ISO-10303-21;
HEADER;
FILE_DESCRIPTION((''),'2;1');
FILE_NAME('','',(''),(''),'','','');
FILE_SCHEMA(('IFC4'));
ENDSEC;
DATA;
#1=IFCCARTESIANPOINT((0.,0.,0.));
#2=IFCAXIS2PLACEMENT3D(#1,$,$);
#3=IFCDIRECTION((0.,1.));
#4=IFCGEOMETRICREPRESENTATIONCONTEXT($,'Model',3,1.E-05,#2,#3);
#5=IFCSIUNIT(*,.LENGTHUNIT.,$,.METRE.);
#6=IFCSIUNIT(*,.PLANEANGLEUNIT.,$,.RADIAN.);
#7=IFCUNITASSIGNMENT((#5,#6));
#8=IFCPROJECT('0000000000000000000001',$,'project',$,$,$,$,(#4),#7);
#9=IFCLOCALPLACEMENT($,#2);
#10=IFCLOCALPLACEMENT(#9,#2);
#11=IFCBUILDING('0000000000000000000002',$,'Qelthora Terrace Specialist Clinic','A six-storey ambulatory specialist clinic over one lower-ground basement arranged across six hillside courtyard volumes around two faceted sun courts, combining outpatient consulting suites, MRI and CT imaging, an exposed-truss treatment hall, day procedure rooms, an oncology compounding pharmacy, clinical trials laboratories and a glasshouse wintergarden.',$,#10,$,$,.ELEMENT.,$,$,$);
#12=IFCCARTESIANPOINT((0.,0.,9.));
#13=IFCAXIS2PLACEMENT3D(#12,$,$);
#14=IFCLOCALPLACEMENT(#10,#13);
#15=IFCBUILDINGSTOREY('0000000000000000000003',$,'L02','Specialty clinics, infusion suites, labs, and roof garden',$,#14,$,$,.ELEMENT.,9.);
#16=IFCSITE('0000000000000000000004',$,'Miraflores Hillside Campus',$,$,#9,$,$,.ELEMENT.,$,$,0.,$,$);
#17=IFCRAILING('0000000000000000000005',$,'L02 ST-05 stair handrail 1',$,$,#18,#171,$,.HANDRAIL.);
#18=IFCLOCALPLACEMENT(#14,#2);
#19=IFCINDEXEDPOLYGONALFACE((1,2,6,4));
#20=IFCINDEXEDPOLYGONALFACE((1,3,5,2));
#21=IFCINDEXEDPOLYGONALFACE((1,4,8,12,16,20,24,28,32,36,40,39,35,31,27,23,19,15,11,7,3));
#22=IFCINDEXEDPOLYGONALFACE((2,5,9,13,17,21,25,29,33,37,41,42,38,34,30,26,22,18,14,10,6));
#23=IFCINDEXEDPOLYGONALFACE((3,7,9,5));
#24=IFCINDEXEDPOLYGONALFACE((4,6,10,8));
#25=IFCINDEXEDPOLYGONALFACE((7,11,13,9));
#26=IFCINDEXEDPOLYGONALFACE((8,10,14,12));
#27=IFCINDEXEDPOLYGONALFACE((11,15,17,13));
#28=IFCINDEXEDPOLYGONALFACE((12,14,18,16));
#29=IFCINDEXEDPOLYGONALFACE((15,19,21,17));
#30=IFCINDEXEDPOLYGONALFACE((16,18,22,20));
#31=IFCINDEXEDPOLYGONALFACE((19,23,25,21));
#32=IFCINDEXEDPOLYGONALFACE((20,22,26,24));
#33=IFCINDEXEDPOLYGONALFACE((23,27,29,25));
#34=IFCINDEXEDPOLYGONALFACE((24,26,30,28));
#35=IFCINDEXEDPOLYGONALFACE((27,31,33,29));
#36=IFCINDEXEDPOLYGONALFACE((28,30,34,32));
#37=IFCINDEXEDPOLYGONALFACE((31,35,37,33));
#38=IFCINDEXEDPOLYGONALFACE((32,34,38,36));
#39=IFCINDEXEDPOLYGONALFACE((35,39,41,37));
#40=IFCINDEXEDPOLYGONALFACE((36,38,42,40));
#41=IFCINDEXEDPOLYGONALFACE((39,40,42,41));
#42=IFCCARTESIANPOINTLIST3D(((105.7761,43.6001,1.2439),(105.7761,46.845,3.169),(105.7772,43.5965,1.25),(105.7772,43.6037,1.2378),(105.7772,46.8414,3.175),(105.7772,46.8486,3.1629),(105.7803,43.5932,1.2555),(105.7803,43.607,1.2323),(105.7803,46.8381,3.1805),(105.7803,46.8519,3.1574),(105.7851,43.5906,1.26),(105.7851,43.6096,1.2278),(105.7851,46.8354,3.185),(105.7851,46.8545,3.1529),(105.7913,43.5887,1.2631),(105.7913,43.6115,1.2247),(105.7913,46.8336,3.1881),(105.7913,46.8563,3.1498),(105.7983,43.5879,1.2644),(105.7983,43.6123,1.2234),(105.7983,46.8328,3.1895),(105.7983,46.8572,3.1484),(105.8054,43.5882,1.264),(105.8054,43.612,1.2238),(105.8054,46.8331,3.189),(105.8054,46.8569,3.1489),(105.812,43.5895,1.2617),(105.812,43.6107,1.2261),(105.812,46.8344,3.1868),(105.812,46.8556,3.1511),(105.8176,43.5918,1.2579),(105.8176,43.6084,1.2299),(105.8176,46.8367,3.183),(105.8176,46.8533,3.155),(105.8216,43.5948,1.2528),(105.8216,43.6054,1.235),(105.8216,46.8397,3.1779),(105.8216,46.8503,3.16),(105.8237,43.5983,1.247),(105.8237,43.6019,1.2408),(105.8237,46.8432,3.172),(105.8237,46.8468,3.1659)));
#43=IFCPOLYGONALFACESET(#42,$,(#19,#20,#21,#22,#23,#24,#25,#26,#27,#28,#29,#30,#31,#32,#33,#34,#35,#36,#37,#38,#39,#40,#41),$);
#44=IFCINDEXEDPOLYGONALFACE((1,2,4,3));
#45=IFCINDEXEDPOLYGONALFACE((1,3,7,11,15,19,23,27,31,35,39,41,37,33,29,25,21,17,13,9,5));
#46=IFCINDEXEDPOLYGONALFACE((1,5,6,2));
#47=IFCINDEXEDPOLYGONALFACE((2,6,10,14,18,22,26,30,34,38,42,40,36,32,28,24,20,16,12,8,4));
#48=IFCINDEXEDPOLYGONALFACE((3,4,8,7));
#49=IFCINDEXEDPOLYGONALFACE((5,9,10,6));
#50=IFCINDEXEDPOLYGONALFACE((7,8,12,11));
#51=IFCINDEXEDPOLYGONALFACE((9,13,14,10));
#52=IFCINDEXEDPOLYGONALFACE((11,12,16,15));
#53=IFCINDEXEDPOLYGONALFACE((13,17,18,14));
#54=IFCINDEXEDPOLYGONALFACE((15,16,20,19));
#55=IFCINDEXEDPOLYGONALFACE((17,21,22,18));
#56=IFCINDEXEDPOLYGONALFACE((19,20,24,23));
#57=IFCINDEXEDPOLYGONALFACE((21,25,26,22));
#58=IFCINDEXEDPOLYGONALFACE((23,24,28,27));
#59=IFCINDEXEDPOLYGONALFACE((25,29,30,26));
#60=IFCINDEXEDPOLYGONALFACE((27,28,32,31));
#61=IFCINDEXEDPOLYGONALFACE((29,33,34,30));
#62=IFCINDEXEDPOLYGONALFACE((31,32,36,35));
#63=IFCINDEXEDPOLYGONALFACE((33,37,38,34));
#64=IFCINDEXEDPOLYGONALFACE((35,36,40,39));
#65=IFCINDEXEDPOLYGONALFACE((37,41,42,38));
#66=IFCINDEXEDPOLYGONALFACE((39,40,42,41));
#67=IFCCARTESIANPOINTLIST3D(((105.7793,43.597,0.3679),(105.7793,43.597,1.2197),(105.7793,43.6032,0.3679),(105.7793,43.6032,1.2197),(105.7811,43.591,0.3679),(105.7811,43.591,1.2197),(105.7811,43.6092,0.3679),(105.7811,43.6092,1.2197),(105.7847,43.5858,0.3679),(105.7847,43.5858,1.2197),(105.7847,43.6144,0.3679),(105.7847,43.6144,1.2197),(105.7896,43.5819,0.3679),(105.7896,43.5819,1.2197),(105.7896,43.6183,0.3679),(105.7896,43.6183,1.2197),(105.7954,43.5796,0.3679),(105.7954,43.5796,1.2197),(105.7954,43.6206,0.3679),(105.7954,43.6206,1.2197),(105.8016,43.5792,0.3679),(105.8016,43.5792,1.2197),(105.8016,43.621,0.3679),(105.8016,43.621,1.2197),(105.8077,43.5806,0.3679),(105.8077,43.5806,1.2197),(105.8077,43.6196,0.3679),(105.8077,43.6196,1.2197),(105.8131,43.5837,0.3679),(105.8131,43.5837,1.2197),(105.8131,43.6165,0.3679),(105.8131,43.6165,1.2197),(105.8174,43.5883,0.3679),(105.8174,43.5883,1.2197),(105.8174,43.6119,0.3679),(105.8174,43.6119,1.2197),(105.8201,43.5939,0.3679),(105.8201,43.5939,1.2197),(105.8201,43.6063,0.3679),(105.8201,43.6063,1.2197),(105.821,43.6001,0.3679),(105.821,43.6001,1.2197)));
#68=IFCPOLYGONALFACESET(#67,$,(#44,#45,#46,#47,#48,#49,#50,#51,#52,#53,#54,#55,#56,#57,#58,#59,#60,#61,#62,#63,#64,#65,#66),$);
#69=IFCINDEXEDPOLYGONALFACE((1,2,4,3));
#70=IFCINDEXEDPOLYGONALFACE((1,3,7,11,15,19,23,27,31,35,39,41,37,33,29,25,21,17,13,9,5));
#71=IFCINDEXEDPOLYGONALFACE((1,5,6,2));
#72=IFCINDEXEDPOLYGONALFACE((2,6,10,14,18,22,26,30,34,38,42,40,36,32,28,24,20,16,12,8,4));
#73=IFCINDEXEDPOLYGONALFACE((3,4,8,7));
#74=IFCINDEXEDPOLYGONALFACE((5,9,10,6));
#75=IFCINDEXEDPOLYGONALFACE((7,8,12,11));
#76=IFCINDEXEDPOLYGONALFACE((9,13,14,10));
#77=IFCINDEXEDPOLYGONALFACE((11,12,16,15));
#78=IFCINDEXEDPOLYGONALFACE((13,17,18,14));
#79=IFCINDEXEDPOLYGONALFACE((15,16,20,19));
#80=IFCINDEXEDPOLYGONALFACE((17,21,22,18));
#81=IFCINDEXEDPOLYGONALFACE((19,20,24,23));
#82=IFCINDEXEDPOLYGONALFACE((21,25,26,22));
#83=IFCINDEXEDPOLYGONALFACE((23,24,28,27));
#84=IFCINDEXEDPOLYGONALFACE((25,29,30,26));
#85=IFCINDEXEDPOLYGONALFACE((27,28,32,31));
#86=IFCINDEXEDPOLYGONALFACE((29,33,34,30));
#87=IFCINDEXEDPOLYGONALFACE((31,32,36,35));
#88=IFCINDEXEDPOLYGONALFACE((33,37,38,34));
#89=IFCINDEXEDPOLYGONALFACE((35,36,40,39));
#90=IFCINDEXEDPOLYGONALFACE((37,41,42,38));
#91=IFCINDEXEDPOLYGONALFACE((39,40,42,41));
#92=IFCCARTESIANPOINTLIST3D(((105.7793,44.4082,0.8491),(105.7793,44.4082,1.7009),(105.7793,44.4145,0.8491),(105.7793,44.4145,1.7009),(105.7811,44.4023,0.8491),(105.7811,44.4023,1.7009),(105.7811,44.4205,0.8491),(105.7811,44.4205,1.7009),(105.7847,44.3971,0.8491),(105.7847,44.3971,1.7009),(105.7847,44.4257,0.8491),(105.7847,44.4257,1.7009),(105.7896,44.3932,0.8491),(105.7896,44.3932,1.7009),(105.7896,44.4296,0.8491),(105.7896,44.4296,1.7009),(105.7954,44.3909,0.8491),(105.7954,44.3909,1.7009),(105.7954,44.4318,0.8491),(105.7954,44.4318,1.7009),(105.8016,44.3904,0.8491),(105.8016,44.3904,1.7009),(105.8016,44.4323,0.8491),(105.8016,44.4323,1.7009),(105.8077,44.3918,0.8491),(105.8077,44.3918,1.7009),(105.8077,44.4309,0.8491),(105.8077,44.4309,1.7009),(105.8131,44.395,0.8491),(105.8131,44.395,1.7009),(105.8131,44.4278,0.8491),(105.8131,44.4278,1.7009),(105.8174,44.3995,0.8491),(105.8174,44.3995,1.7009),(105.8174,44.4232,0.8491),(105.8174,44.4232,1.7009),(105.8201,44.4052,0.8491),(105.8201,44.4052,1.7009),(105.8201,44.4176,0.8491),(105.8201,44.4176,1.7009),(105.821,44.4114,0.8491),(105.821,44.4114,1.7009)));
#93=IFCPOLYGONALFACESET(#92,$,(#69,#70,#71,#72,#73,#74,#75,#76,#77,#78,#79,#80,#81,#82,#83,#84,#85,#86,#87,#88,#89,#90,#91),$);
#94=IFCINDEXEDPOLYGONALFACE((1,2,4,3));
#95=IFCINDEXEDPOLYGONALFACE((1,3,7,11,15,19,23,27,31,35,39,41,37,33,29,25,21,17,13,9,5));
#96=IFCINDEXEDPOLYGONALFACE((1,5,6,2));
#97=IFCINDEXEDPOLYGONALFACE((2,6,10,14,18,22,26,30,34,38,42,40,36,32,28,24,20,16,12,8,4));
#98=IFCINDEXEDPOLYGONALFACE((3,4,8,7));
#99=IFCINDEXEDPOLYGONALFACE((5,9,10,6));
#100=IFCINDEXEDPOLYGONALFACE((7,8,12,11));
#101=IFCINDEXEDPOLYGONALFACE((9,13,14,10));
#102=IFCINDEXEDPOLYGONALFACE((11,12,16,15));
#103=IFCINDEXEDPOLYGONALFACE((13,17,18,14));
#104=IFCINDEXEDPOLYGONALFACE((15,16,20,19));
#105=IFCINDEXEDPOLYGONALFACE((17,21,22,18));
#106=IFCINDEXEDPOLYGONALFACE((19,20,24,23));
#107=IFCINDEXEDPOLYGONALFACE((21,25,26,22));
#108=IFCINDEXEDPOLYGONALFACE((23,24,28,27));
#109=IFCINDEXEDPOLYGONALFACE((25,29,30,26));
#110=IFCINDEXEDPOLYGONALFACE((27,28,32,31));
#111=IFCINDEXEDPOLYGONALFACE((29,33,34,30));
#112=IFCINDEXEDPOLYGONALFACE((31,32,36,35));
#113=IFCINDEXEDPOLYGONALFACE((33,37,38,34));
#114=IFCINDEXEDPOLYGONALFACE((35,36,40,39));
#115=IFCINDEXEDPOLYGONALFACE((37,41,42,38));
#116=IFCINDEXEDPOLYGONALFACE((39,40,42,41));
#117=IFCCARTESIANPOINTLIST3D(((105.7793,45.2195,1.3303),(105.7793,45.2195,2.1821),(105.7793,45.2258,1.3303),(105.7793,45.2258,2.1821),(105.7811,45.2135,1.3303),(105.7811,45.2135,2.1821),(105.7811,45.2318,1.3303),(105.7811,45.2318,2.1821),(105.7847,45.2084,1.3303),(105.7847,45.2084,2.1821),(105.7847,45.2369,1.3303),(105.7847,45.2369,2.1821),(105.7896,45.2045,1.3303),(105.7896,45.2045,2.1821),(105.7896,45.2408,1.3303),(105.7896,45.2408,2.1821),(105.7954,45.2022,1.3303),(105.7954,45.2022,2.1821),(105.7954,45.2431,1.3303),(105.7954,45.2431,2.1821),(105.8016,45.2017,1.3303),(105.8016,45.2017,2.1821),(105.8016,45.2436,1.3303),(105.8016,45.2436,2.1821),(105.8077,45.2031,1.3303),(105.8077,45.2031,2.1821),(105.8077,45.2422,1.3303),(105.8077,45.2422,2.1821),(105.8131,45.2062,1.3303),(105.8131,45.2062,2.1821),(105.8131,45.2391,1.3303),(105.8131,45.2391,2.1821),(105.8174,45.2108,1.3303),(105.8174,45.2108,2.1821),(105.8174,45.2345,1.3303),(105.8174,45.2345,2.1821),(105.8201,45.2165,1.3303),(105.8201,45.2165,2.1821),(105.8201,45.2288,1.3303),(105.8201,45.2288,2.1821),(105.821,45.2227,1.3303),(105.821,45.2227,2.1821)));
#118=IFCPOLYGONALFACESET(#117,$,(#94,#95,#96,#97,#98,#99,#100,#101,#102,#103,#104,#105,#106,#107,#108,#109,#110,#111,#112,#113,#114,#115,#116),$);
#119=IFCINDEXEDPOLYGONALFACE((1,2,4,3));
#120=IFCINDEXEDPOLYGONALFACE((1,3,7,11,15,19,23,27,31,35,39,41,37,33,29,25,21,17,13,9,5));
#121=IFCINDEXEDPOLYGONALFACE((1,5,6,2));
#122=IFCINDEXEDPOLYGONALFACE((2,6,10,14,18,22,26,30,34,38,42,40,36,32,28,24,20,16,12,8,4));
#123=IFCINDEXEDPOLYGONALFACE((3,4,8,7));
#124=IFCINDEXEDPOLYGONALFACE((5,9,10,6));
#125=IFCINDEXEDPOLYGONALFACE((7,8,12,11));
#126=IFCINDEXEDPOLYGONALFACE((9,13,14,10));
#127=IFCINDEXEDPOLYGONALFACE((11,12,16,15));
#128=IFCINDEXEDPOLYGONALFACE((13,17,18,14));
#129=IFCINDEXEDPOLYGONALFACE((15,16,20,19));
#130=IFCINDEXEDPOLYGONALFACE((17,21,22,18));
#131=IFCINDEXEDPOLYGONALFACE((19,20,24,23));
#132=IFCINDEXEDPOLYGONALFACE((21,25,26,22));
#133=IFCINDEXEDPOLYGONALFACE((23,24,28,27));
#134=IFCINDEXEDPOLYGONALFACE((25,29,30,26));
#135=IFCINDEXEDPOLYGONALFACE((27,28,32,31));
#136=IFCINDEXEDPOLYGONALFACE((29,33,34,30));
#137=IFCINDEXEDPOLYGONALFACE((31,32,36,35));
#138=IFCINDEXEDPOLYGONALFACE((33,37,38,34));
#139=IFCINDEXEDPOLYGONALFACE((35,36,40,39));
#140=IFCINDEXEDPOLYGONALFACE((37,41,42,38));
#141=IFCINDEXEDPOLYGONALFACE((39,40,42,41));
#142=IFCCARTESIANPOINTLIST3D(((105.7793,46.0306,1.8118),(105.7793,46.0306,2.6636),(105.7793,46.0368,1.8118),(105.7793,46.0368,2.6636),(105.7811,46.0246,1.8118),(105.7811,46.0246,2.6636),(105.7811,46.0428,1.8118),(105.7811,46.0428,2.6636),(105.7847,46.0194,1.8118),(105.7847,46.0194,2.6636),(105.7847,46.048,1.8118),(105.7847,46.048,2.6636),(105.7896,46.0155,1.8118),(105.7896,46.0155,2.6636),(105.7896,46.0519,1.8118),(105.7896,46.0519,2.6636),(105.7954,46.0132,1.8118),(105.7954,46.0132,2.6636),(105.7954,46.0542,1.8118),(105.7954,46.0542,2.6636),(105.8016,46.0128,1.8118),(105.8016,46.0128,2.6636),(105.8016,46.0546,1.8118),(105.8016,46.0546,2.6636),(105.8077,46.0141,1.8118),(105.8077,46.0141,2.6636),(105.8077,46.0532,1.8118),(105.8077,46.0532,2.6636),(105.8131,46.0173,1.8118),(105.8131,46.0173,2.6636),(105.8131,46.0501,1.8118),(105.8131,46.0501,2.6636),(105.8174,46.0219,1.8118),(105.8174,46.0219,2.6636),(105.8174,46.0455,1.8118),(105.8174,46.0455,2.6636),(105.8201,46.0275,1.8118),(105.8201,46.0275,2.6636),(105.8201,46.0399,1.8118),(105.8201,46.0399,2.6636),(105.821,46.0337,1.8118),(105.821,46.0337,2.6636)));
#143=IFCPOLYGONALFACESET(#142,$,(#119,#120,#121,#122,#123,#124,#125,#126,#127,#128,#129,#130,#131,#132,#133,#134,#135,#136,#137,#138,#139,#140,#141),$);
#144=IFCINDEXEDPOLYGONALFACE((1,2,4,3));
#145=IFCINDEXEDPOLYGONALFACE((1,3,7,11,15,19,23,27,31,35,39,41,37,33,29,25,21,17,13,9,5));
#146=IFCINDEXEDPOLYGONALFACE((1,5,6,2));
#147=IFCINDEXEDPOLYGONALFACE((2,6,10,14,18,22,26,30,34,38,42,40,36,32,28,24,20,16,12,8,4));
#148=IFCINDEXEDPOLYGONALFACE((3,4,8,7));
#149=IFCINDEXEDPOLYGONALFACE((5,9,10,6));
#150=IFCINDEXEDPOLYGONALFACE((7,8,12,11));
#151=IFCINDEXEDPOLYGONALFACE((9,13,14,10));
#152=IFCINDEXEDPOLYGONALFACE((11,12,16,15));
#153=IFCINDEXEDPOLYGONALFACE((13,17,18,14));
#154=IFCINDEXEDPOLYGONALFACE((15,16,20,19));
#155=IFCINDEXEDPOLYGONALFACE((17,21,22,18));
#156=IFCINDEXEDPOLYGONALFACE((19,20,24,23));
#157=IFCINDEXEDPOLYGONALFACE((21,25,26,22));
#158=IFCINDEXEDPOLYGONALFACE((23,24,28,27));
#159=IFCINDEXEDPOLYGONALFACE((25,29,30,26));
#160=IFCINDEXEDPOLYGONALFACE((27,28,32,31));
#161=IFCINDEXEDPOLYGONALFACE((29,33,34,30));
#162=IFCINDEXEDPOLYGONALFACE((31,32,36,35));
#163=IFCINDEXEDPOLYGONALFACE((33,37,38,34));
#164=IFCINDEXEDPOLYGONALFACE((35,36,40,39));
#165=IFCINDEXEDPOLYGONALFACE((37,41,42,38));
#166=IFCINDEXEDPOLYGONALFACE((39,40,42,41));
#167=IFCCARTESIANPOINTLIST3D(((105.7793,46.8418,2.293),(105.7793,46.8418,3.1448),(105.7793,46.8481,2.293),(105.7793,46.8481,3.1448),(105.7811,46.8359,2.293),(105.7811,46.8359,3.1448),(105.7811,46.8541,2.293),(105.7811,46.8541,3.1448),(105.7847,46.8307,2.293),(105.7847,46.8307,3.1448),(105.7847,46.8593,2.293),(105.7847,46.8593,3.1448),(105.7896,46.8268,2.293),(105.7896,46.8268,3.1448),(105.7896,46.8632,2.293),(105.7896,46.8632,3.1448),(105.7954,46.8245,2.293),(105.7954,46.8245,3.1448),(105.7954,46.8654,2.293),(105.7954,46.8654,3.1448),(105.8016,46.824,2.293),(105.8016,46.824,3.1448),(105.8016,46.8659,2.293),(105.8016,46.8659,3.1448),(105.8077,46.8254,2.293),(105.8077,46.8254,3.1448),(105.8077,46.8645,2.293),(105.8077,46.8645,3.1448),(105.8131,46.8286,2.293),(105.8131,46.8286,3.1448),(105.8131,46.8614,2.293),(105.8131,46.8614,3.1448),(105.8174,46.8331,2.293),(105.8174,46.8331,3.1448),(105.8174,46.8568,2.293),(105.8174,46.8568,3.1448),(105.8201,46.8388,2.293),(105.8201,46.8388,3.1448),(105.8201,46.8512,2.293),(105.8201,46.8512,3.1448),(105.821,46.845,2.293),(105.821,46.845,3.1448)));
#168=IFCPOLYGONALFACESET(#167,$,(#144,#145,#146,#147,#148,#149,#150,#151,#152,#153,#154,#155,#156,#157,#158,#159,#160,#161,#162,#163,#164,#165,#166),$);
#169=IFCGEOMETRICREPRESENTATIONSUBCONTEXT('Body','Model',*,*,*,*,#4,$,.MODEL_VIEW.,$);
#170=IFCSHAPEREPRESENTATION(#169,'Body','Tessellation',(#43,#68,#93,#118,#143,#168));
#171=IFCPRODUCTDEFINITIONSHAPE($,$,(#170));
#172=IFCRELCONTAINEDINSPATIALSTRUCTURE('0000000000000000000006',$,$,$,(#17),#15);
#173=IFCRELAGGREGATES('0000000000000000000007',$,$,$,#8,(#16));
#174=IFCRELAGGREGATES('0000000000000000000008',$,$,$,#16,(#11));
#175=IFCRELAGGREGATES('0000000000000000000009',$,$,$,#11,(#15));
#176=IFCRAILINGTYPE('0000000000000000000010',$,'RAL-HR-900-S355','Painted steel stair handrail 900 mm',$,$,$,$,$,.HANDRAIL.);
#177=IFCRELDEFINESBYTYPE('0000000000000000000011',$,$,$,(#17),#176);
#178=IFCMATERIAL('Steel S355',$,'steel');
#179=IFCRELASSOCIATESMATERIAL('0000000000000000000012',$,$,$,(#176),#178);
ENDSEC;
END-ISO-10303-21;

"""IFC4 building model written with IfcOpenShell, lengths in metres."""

from ifc_helpers import new_model, si_unit, direction, frame, origin, origin_2d, place, context, subcontext, project, spatial, circle, extrude, material, type_object, element, save


model = new_model("IFC4")

# Units and contexts
model_context = context("Model", 3, precision=1e-05, world=origin(), true_north=direction((0.0, 1.0)))
body_context = subcontext(model_context, "Body", "Model", "MODEL_VIEW")
ifc_project = project(units=[si_unit("LENGTHUNIT", "METRE"), si_unit("PLANEANGLEUNIT", "RADIAN")], contexts=[model_context])

# Site, building, storey
site_placement = place(None, origin())
site = spatial("IfcSite", under=ifc_project, at=site_placement, Name="Miraflores Hillside Campus", CompositionType="ELEMENT", RefElevation=0.0)
building_placement = place(site_placement, origin())
building = spatial("IfcBuilding", under=site, at=building_placement, Name="Qelthora Terrace Specialist Clinic", Description="A six-storey ambulatory specialist clinic over one lower-ground basement arranged across six hillside courtyard volumes around two faceted sun courts, combining outpatient consulting suites, MRI and CT imaging, an exposed-truss treatment hall, day procedure rooms, an oncology compounding pharmacy, clinical trials laboratories and a glasshouse wintergarden.", CompositionType="ELEMENT")
storey_placement = place(building_placement, frame((0.0, 0.0, 9.0)))
storey = spatial("IfcBuildingStorey", under=building, at=storey_placement, Name="L02", Description="Specialty clinics, infusion suites, labs, and roof garden", CompositionType="ELEMENT", Elevation=9.0)

# Shared definitions
ifc_material_1 = material(Name="Steel S355", Category="steel")

# Railing
railing_type_1 = type_object("IfcRailingType", Name="RAL-HR-900-S355", Description="Painted steel stair handrail 900 mm", PredefinedType="HANDRAIL", material=ifc_material_1)
railing_1_placement = place(storey_placement, frame((105.8, 43.6001, 0.3679)))
element("IfcRailing", 1, at=railing_1_placement, inside=storey, type_object=railing_type_1, Name="L02 ST-05 stair handrail 1", PredefinedType="HANDRAIL", context=body_context, shape_type="SweptSolid", body=[
    extrude(circle(Radius=0.0239, at=origin_2d()), frame((0.0, 0.0, 0.876), z_axis=(0.0, 0.86004, 0.510226), x_axis=(-1.0, 0.0, 0.0)), (0.0, 0.0, 1.0), 3.7729),
    extrude(circle(Radius=0.021, at=origin_2d()), origin(), (0.0, 0.0, 1.0), 0.8518),
    extrude(circle(Radius=0.021, at=origin_2d()), frame((0.0, 0.8113, 0.4812)), (0.0, 0.0, 1.0), 0.8518),
    extrude(circle(Radius=0.021, at=origin_2d()), frame((0.0, 1.6226, 0.9624)), (0.0, 0.0, 1.0), 0.8518),
    extrude(circle(Radius=0.021, at=origin_2d()), frame((0.0, 2.4336, 1.4438)), (0.0, 0.0, 1.0), 0.8518),
    extrude(circle(Radius=0.021, at=origin_2d()), frame((0.0, 3.2449, 1.925)), (0.0, 0.0, 1.0), 0.8518),
])

save(model, "model.ifc")
